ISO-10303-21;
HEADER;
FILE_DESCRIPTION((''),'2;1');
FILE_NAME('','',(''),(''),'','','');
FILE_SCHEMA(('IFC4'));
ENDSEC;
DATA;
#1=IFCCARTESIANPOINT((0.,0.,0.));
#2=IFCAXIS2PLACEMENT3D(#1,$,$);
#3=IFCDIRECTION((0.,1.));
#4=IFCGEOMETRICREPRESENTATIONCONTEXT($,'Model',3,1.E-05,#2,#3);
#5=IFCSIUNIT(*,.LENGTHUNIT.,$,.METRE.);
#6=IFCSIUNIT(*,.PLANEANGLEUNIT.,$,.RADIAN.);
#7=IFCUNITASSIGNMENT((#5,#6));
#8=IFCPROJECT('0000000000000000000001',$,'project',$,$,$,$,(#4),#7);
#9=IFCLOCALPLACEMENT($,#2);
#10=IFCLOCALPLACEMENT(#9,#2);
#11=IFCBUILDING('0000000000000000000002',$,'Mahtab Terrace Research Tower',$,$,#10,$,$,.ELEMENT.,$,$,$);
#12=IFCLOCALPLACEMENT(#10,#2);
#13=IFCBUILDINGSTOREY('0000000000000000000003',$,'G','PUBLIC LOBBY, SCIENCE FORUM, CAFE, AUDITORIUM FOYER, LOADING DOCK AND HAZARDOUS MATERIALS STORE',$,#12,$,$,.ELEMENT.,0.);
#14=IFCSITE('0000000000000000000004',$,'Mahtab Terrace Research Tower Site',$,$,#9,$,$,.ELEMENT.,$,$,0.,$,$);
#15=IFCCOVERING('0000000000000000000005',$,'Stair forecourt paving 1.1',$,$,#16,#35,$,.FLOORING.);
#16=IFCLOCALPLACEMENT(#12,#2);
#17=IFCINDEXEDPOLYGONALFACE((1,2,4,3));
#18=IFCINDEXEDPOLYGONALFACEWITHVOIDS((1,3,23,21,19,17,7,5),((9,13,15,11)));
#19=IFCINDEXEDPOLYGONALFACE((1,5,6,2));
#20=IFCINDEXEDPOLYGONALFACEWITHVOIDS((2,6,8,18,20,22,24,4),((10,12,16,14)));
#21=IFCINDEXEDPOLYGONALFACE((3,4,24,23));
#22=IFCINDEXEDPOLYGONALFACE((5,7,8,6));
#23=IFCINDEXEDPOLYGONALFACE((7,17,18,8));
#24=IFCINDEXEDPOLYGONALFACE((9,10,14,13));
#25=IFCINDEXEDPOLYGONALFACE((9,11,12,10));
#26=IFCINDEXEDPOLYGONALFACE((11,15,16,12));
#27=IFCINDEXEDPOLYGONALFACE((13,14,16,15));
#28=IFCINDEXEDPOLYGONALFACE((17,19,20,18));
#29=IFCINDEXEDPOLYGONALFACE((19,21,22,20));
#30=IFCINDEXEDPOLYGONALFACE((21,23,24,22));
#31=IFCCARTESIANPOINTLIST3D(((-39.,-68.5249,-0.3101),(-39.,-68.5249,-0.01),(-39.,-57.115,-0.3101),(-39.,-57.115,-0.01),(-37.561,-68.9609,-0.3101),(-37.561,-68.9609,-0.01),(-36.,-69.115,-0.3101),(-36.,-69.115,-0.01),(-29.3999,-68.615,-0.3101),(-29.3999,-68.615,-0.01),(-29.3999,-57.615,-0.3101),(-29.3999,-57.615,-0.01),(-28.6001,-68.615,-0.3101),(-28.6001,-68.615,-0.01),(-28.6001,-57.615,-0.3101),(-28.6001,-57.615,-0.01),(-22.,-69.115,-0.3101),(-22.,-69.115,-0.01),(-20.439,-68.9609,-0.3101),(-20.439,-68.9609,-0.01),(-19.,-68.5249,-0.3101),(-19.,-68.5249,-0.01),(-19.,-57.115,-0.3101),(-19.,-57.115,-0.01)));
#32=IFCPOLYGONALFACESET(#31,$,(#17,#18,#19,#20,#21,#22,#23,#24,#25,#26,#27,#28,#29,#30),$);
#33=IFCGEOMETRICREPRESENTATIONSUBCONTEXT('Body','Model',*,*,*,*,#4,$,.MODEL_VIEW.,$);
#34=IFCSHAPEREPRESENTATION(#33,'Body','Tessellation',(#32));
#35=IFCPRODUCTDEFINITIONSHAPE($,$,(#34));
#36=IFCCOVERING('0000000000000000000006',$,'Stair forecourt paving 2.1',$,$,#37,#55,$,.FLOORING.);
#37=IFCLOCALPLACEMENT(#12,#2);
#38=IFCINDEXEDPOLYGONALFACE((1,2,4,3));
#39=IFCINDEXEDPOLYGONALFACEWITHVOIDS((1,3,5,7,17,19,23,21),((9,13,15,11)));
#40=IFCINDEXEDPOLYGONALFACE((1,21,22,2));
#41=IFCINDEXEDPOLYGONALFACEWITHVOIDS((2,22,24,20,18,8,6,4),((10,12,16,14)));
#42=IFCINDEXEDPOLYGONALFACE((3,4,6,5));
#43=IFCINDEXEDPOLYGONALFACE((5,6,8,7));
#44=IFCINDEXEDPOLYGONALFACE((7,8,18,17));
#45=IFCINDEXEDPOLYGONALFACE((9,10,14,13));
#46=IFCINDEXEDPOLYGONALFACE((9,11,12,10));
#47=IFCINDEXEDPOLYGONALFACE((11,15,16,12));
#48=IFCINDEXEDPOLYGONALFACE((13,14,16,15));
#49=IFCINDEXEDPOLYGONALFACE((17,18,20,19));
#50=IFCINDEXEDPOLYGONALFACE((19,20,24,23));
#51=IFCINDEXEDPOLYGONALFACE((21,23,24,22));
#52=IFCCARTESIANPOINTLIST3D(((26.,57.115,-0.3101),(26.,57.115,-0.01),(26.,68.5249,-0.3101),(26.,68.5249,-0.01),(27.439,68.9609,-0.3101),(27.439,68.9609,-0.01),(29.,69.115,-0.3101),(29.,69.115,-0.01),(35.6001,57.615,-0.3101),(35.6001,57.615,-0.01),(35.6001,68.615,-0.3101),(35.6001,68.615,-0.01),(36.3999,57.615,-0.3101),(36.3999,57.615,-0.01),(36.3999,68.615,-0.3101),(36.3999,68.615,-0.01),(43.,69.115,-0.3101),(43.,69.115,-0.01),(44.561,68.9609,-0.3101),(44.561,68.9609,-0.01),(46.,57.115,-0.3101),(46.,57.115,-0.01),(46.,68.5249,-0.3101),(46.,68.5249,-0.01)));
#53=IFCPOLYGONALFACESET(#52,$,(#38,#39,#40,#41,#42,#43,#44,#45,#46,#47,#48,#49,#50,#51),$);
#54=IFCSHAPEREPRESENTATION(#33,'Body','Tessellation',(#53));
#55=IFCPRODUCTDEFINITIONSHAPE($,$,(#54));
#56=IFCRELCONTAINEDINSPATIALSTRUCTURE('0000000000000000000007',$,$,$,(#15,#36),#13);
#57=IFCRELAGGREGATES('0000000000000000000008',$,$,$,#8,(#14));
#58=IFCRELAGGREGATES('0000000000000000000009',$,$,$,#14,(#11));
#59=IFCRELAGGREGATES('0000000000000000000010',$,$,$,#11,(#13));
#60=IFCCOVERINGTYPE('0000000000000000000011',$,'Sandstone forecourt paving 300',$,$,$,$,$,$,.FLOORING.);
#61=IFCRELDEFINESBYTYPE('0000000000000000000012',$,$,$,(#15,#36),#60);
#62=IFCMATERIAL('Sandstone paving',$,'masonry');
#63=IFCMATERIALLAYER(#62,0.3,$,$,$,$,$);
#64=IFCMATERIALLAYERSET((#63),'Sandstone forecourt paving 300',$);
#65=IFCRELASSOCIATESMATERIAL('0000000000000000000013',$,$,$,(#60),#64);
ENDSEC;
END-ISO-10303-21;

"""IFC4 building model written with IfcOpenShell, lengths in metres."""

from ifc_helpers import new_model, si_unit, direction, frame, origin, place, context, subcontext, project, spatial, polyline, outline, extrude, material, layer, layer_set, type_object, element, save


model = new_model("IFC4")

# Units and contexts
model_context = context("Model", 3, precision=1e-05, world=origin(), true_north=direction((0.0, 1.0)))
body_context = subcontext(model_context, "Body", "Model", "MODEL_VIEW")
ifc_project = project(units=[si_unit("LENGTHUNIT", "METRE"), si_unit("PLANEANGLEUNIT", "RADIAN")], contexts=[model_context])

# Site, building, storey
site_placement = place(None, origin())
site = spatial("IfcSite", under=ifc_project, at=site_placement, Name="Mahtab Terrace Research Tower Site", CompositionType="ELEMENT", RefElevation=0.0)
building_placement = place(site_placement, origin())
building = spatial("IfcBuilding", under=site, at=building_placement, Name="Mahtab Terrace Research Tower", CompositionType="ELEMENT")
storey_placement = place(building_placement, origin())
storey = spatial("IfcBuildingStorey", under=building, at=storey_placement, Name="G", Description="PUBLIC LOBBY, SCIENCE FORUM, CAFE, AUDITORIUM FOYER, LOADING DOCK AND HAZARDOUS MATERIALS STORE", CompositionType="ELEMENT", Elevation=0.0)

# Coverings
ifc_material_1 = material(Name="Sandstone paving", Category="masonry")
ifc_layer_1 = layer(ifc_material_1, 0.3)
ifc_layer_set_1 = layer_set([ifc_layer_1], Name="Sandstone forecourt paving 300")
covering_type_1 = type_object("IfcCoveringType", Name="Sandstone forecourt paving 300", PredefinedType="FLOORING", material=ifc_layer_set_1)
covering_1_placement = place(storey_placement, frame((0.0, 0.0, -0.3101)))
element("IfcCovering", 1, at=covering_1_placement, inside=storey, type_object=covering_type_1, Name="Stair forecourt paving 1.1", PredefinedType="FLOORING", context=body_context, shape_type="SweptSolid", body=[
    extrude(outline(polyline([(-19.0, -57.115), (-19.0, -68.5249), (-20.439, -68.9609), (-22.0, -69.115), (-36.0, -69.115), (-37.561, -68.9609), (-39.0, -68.5249), (-39.0, -57.115), (-19.0, -57.115)]), holes=[polyline([(-28.6001, -57.615), (-29.3999, -57.615), (-29.3999, -68.615), (-28.6001, -68.615), (-28.6001, -57.615)])]), origin(), (0.0, 0.0, 1.0), 0.3),
])
covering_2_placement = place(storey_placement, frame((0.0, 0.0, -0.3101)))
element("IfcCovering", 2, at=covering_2_placement, inside=storey, type_object=covering_type_1, Name="Stair forecourt paving 2.1", PredefinedType="FLOORING", context=body_context, shape_type="SweptSolid", body=[
    extrude(outline(polyline([(26.0, 57.115), (26.0, 68.5249), (27.439, 68.9609), (29.0, 69.115), (43.0, 69.115), (44.561, 68.9609), (46.0, 68.5249), (46.0, 57.115), (26.0, 57.115)]), holes=[polyline([(36.3999, 68.615), (35.6001, 68.615), (35.6001, 57.615), (36.3999, 57.615), (36.3999, 68.615)])]), origin(), (0.0, 0.0, 1.0), 0.3),
])

save(model, "model.ifc")
